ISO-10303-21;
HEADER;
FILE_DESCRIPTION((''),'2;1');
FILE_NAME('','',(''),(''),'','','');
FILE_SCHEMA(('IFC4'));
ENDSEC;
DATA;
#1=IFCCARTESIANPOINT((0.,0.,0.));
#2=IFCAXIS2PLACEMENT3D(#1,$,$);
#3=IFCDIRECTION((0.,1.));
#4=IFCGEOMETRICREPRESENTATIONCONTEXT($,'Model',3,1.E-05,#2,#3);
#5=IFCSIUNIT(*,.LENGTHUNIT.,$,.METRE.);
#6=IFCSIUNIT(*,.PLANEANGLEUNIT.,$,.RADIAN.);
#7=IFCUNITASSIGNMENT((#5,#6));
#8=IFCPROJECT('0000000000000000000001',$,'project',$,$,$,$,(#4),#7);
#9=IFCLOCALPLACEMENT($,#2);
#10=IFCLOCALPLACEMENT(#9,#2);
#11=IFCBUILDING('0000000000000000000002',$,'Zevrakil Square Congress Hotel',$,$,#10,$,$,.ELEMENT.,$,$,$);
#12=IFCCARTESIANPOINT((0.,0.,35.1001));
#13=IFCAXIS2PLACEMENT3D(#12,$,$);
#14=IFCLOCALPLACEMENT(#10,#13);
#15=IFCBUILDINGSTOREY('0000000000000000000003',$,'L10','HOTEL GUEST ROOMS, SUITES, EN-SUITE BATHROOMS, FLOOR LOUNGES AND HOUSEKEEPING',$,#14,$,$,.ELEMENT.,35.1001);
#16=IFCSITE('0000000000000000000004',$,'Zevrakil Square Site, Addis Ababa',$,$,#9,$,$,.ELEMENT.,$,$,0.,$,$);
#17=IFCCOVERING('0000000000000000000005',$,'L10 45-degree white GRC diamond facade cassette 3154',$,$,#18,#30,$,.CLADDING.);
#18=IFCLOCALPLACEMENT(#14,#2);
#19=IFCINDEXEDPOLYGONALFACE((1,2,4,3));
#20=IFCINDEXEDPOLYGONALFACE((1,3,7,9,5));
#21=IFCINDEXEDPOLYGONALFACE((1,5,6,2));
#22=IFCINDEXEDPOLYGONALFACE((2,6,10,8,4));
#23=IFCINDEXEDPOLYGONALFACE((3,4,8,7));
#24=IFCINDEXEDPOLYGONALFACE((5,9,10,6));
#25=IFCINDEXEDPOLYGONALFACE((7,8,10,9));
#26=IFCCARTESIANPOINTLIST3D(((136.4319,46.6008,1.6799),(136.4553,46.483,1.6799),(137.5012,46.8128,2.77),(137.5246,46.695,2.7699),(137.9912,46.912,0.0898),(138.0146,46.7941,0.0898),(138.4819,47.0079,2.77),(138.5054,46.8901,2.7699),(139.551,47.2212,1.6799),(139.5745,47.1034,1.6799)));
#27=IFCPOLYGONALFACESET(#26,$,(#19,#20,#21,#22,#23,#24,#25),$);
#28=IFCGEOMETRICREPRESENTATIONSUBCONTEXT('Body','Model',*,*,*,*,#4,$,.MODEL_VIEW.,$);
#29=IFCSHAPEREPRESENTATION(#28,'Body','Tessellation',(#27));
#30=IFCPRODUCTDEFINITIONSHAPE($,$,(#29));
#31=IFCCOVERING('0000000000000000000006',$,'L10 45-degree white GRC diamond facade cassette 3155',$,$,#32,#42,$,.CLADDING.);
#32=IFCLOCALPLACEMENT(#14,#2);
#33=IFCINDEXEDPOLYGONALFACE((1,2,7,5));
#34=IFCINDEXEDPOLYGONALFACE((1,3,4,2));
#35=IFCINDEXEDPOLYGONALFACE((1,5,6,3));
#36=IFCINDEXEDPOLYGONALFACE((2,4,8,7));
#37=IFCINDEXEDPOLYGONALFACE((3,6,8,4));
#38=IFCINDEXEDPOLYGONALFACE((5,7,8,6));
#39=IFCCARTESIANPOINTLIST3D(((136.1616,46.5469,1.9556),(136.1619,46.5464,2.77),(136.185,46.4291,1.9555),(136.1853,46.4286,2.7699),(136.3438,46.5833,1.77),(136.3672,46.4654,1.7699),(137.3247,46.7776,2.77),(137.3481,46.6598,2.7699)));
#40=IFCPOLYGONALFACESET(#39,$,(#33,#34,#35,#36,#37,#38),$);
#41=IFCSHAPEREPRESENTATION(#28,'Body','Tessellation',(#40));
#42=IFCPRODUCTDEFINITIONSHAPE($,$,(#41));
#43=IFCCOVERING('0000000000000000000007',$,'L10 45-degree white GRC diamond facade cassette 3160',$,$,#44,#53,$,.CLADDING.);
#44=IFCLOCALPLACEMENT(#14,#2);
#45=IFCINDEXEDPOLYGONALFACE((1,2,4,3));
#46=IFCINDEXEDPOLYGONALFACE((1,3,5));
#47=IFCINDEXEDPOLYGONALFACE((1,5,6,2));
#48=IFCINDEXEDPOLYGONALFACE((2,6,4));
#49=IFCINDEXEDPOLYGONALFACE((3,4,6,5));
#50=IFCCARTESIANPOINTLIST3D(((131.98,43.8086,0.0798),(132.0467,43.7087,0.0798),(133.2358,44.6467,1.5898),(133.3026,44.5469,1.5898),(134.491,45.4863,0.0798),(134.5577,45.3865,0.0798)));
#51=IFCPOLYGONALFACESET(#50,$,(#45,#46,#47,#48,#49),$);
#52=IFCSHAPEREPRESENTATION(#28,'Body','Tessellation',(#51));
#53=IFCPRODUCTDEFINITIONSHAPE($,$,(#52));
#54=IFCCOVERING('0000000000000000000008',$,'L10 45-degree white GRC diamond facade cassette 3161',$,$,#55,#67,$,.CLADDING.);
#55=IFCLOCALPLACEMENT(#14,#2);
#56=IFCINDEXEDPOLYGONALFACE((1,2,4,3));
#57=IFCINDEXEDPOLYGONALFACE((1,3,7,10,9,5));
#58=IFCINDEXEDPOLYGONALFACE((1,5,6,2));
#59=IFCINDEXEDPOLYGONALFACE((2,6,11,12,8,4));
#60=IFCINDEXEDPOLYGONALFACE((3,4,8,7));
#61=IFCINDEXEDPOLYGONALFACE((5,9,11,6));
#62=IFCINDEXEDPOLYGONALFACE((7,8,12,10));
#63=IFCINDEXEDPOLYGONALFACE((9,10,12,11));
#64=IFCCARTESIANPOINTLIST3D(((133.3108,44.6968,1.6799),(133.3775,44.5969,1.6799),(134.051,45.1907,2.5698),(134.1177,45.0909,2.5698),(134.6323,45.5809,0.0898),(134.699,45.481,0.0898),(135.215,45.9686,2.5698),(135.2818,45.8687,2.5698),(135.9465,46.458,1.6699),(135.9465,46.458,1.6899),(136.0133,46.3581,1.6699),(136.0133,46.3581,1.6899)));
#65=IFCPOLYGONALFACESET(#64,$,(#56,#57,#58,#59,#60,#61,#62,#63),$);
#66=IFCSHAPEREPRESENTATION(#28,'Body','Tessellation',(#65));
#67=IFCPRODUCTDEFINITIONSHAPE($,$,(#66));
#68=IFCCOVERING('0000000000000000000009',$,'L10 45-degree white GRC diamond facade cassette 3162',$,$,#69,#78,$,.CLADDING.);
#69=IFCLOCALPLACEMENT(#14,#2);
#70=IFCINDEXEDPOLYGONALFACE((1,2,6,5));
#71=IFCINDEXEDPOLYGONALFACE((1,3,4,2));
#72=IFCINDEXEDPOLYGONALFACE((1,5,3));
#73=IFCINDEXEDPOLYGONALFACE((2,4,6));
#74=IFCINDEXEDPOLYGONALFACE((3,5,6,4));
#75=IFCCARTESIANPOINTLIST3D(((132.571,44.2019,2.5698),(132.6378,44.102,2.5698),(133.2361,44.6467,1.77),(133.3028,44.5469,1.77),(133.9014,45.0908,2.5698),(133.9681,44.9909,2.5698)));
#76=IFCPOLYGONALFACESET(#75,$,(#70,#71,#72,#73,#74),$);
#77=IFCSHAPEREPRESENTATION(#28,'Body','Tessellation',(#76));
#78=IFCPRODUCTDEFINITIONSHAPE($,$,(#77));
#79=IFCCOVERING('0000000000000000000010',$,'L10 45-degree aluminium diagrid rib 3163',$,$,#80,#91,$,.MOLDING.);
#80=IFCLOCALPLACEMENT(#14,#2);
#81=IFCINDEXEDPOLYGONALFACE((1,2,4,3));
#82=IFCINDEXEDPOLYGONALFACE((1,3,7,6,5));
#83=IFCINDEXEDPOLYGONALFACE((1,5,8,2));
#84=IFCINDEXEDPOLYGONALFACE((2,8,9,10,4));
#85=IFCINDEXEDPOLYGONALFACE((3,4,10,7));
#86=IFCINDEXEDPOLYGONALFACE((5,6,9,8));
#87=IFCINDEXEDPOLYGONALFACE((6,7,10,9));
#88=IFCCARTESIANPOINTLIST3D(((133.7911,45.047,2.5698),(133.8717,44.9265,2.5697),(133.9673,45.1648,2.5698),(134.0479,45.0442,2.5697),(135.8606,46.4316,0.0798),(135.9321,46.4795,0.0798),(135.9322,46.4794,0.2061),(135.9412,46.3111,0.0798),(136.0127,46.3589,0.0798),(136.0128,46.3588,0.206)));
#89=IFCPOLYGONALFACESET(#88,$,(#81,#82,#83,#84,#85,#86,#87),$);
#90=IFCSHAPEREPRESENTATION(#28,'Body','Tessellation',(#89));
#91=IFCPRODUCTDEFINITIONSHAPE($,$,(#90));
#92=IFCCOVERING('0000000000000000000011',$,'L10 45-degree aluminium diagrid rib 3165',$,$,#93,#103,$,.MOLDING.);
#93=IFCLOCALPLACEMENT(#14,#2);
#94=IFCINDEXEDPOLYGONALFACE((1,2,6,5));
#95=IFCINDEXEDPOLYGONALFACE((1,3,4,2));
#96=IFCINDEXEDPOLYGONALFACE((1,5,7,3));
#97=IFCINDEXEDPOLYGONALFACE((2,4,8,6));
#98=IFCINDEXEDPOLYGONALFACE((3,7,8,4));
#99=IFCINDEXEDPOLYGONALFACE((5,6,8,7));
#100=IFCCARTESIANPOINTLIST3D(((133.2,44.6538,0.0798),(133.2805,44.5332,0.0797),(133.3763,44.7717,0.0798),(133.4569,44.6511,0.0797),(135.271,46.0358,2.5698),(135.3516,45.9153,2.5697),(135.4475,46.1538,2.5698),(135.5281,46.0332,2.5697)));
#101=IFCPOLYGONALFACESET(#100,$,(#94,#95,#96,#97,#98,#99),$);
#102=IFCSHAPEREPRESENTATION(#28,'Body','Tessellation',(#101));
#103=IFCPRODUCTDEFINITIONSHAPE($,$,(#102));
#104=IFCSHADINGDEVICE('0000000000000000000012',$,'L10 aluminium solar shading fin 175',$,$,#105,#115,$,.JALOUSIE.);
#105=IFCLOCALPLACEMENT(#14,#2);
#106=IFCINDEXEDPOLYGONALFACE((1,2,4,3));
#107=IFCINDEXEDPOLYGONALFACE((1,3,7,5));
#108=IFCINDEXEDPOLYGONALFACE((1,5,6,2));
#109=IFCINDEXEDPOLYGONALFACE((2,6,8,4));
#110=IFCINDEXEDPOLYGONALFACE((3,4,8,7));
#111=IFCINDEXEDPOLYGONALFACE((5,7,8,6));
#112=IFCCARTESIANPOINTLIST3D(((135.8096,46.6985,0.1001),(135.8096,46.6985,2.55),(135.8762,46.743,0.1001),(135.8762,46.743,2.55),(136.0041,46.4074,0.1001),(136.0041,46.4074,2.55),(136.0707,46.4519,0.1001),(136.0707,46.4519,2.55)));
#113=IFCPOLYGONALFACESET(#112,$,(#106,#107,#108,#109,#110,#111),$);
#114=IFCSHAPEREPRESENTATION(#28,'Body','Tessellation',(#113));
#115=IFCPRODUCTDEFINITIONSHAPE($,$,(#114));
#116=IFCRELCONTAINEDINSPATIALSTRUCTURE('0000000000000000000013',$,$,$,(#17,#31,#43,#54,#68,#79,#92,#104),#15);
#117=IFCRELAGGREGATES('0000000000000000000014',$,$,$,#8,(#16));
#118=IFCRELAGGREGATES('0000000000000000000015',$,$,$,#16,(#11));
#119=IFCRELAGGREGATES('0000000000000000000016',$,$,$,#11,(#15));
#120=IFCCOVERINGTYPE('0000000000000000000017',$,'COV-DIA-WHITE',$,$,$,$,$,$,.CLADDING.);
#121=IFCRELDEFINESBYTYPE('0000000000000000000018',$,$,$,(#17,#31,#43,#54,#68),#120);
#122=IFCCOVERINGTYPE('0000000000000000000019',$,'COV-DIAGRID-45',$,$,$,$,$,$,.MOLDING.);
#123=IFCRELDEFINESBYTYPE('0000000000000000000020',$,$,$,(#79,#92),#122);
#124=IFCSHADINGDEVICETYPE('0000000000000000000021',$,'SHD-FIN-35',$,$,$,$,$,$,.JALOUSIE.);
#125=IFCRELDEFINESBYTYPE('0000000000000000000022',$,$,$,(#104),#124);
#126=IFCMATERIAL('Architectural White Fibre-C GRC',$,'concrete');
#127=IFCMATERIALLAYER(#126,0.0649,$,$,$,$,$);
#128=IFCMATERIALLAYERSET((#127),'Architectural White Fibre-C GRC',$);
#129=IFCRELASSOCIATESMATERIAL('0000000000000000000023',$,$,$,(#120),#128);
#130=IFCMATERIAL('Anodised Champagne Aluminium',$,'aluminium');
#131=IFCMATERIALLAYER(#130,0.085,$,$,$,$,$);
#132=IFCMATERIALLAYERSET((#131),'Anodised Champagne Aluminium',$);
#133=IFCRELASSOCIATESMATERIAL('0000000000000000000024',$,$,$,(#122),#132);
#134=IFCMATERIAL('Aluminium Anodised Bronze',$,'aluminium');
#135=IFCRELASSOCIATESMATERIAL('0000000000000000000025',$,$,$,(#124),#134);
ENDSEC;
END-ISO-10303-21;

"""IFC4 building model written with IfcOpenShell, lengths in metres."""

from ifc_helpers import new_model, si_unit, direction, frame, origin, origin_2d, place, context, subcontext, project, spatial, polyline, rectangle, outline, extrude, material, layer, layer_set, type_object, element, save


model = new_model("IFC4")

# Units and contexts
model_context = context("Model", 3, precision=1e-05, world=origin(), true_north=direction((0.0, 1.0)))
body_context = subcontext(model_context, "Body", "Model", "MODEL_VIEW")
ifc_project = project(units=[si_unit("LENGTHUNIT", "METRE"), si_unit("PLANEANGLEUNIT", "RADIAN")], contexts=[model_context])

# Site, building, storey
site_placement = place(None, origin())
site = spatial("IfcSite", under=ifc_project, at=site_placement, Name="Zevrakil Square Site, Addis Ababa", CompositionType="ELEMENT", RefElevation=0.0)
building_placement = place(site_placement, origin())
building = spatial("IfcBuilding", under=site, at=building_placement, Name="Zevrakil Square Congress Hotel", CompositionType="ELEMENT")
storey_placement = place(building_placement, frame((0.0, 0.0, 35.1001)))
storey = spatial("IfcBuildingStorey", under=building, at=storey_placement, Name="L10", Description="HOTEL GUEST ROOMS, SUITES, EN-SUITE BATHROOMS, FLOOR LOUNGES AND HOUSEKEEPING", CompositionType="ELEMENT", Elevation=35.1001)

# Coverings
ifc_material_1 = material(Name="Architectural White Fibre-C GRC", Category="concrete")
ifc_layer_1 = layer(ifc_material_1, 0.0649)
ifc_layer_set_1 = layer_set([ifc_layer_1], Name="Architectural White Fibre-C GRC")
covering_type_1 = type_object("IfcCoveringType", Name="COV-DIA-WHITE", PredefinedType="CLADDING", material=ifc_layer_set_1)
covering_1_placement = place(storey_placement, frame((136.4319, 46.6008, 1.6799), z_axis=(-0.19507, 0.980789, 0.000616), x_axis=(0.693428, 0.13836, -0.707116)))
element("IfcCovering", 1, at=covering_1_placement, inside=storey, type_object=covering_type_1, Name="L10 45-degree white GRC diamond facade cassette 3154", PredefinedType="CLADDING", context=body_context, shape_type="SweptSolid", body=[
    extrude(outline(polyline([(0.0, 0.0), (2.2487, 0.0), (2.2487, -2.2488), (0.7071, -2.2487), (0.0, -1.5416), (0.0, 0.0)])), origin(), (0.0, 0.0, -1.0), 0.1201),
])
covering_2_placement = place(storey_placement, frame((136.3438, 46.5833, 1.77), z_axis=(-0.195032, 0.980797, 0.000684), x_axis=(0.69363, 0.137436, 0.707099)))
element("IfcCovering", 2, at=covering_2_placement, inside=storey, type_object=covering_type_1, Name="L10 45-degree white GRC diamond facade cassette 3155", PredefinedType="CLADDING", context=body_context, shape_type="SweptSolid", body=[
    extrude(outline(polyline([(0.0, 0.0), (1.4142, 0.0), (0.5759, -0.8383), (-0.0001, -0.2625), (0.0, 0.0)])), origin(), (0.0, 0.0, -1.0), 0.1201),
])
covering_3_placement = place(storey_placement, frame((133.2358, 44.6467, 1.5898), z_axis=(-0.555558, 0.831478, 0.000538), x_axis=(-0.588124, -0.392502, -0.707144)))
element("IfcCovering", 3, at=covering_3_placement, inside=storey, type_object=covering_type_1, Name="L10 45-degree white GRC diamond facade cassette 3160", PredefinedType="CLADDING", context=body_context, shape_type="SweptSolid", body=[
    extrude(outline(polyline([(0.0, 0.0), (2.1354, 0.0), (0.0001, -2.1355), (0.0, 0.0)])), origin(), (0.0, 0.0, -1.0), 0.1201),
])
covering_4_placement = place(storey_placement, frame((133.3108, 44.6968, 1.6799), z_axis=(-0.555588, 0.831458, 0.000588), x_axis=(0.587674, 0.393189, -0.707136)))
element("IfcCovering", 4, at=covering_4_placement, inside=storey, type_object=covering_type_1, Name="L10 45-degree white GRC diamond facade cassette 3161", PredefinedType="CLADDING", context=body_context, shape_type="SweptSolid", body=[
    extrude(outline(polyline([(0.0, 0.0), (2.2486, 0.0), (2.2485, -2.2346), (2.2344, -2.2487), (0.9899, -2.2485), (-0.0001, -1.2585), (0.0, 0.0)])), origin(), (0.0, 0.0, -1.0), 0.1201),
])
covering_5_placement = place(storey_placement, frame((133.2361, 44.6467, 1.77), z_axis=(-0.55558, 0.831463, 0.000466), x_axis=(0.588146, 0.392601, 0.70707)))
element("IfcCovering", 5, at=covering_5_placement, inside=storey, type_object=covering_type_1, Name="L10 45-degree white GRC diamond facade cassette 3162", PredefinedType="CLADDING", context=body_context, shape_type="SweptSolid", body=[
    extrude(outline(polyline([(0.0, 0.0), (1.1312, 0.0), (-0.0003, -1.1313), (0.0, 0.0)])), origin(), (0.0, 0.0, -1.0), 0.1201),
])
ifc_material_2 = material(Name="Anodised Champagne Aluminium", Category="aluminium")
ifc_layer_2 = layer(ifc_material_2, 0.085)
ifc_layer_set_2 = layer_set([ifc_layer_2], Name="Anodised Champagne Aluminium")
covering_type_2 = type_object("IfcCoveringType", Name="COV-DIAGRID-45", PredefinedType="MOLDING", material=ifc_layer_set_2)
covering_6_placement = place(storey_placement, frame((135.8606, 46.4316, 0.0798), z_axis=(-0.555642, 0.831421, 0.000512), x_axis=(0.831421, 0.555642, 0.0)))
element("IfcCovering", 6, at=covering_6_placement, inside=storey, type_object=covering_type_2, Name="L10 45-degree aluminium diagrid rib 3163", PredefinedType="MOLDING", context=body_context, shape_type="SweptSolid", body=[
    extrude(outline(polyline([(0.0, 0.0), (0.0861, 0.0), (0.0861, -0.1262), (-2.2781, -2.49), (-2.49, -2.49), (0.0, 0.0)])), origin(), (0.0, 0.0, -1.0), 0.145),
])
covering_7_placement = place(storey_placement, frame((135.4475, 46.1538, 2.5698), z_axis=(-0.555762, 0.831341, 0.000841), x_axis=(-0.831342, -0.555762, 0.0)))
element("IfcCovering", 7, at=covering_7_placement, inside=storey, type_object=covering_type_2, Name="L10 45-degree aluminium diagrid rib 3165", PredefinedType="MOLDING", context=body_context, shape_type="SweptSolid", body=[
    extrude(outline(polyline([(0.0, 0.0), (0.2123, 0.0), (2.7021, -2.49), (2.4901, -2.49), (0.0, 0.0)])), origin(), (0.0, 0.0, -1.0), 0.145),
])

# Shading device
ifc_material_3 = material(Name="Aluminium Anodised Bronze", Category="aluminium")
shading_device_type = type_object("IfcShadingDeviceType", Name="SHD-FIN-35", PredefinedType="JALOUSIE", material=ifc_material_3)
shading_device_placement = place(storey_placement, frame((135.9402, 46.5752, 0.1001), z_axis=(0.0, 0.0, 1.0), x_axis=(-0.55557, 0.83147, 0.0)))
element("IfcShadingDevice", 8, at=shading_device_placement, inside=storey, type_object=shading_device_type, Name="L10 aluminium solar shading fin 175", PredefinedType="JALOUSIE", context=body_context, shape_type="SweptSolid", body=[
    extrude(rectangle(XDim=0.3501, YDim=0.0801, at=origin_2d()), origin(), (0.0, 0.0, 1.0), 2.45),
])

save(model, "model.ifc")
